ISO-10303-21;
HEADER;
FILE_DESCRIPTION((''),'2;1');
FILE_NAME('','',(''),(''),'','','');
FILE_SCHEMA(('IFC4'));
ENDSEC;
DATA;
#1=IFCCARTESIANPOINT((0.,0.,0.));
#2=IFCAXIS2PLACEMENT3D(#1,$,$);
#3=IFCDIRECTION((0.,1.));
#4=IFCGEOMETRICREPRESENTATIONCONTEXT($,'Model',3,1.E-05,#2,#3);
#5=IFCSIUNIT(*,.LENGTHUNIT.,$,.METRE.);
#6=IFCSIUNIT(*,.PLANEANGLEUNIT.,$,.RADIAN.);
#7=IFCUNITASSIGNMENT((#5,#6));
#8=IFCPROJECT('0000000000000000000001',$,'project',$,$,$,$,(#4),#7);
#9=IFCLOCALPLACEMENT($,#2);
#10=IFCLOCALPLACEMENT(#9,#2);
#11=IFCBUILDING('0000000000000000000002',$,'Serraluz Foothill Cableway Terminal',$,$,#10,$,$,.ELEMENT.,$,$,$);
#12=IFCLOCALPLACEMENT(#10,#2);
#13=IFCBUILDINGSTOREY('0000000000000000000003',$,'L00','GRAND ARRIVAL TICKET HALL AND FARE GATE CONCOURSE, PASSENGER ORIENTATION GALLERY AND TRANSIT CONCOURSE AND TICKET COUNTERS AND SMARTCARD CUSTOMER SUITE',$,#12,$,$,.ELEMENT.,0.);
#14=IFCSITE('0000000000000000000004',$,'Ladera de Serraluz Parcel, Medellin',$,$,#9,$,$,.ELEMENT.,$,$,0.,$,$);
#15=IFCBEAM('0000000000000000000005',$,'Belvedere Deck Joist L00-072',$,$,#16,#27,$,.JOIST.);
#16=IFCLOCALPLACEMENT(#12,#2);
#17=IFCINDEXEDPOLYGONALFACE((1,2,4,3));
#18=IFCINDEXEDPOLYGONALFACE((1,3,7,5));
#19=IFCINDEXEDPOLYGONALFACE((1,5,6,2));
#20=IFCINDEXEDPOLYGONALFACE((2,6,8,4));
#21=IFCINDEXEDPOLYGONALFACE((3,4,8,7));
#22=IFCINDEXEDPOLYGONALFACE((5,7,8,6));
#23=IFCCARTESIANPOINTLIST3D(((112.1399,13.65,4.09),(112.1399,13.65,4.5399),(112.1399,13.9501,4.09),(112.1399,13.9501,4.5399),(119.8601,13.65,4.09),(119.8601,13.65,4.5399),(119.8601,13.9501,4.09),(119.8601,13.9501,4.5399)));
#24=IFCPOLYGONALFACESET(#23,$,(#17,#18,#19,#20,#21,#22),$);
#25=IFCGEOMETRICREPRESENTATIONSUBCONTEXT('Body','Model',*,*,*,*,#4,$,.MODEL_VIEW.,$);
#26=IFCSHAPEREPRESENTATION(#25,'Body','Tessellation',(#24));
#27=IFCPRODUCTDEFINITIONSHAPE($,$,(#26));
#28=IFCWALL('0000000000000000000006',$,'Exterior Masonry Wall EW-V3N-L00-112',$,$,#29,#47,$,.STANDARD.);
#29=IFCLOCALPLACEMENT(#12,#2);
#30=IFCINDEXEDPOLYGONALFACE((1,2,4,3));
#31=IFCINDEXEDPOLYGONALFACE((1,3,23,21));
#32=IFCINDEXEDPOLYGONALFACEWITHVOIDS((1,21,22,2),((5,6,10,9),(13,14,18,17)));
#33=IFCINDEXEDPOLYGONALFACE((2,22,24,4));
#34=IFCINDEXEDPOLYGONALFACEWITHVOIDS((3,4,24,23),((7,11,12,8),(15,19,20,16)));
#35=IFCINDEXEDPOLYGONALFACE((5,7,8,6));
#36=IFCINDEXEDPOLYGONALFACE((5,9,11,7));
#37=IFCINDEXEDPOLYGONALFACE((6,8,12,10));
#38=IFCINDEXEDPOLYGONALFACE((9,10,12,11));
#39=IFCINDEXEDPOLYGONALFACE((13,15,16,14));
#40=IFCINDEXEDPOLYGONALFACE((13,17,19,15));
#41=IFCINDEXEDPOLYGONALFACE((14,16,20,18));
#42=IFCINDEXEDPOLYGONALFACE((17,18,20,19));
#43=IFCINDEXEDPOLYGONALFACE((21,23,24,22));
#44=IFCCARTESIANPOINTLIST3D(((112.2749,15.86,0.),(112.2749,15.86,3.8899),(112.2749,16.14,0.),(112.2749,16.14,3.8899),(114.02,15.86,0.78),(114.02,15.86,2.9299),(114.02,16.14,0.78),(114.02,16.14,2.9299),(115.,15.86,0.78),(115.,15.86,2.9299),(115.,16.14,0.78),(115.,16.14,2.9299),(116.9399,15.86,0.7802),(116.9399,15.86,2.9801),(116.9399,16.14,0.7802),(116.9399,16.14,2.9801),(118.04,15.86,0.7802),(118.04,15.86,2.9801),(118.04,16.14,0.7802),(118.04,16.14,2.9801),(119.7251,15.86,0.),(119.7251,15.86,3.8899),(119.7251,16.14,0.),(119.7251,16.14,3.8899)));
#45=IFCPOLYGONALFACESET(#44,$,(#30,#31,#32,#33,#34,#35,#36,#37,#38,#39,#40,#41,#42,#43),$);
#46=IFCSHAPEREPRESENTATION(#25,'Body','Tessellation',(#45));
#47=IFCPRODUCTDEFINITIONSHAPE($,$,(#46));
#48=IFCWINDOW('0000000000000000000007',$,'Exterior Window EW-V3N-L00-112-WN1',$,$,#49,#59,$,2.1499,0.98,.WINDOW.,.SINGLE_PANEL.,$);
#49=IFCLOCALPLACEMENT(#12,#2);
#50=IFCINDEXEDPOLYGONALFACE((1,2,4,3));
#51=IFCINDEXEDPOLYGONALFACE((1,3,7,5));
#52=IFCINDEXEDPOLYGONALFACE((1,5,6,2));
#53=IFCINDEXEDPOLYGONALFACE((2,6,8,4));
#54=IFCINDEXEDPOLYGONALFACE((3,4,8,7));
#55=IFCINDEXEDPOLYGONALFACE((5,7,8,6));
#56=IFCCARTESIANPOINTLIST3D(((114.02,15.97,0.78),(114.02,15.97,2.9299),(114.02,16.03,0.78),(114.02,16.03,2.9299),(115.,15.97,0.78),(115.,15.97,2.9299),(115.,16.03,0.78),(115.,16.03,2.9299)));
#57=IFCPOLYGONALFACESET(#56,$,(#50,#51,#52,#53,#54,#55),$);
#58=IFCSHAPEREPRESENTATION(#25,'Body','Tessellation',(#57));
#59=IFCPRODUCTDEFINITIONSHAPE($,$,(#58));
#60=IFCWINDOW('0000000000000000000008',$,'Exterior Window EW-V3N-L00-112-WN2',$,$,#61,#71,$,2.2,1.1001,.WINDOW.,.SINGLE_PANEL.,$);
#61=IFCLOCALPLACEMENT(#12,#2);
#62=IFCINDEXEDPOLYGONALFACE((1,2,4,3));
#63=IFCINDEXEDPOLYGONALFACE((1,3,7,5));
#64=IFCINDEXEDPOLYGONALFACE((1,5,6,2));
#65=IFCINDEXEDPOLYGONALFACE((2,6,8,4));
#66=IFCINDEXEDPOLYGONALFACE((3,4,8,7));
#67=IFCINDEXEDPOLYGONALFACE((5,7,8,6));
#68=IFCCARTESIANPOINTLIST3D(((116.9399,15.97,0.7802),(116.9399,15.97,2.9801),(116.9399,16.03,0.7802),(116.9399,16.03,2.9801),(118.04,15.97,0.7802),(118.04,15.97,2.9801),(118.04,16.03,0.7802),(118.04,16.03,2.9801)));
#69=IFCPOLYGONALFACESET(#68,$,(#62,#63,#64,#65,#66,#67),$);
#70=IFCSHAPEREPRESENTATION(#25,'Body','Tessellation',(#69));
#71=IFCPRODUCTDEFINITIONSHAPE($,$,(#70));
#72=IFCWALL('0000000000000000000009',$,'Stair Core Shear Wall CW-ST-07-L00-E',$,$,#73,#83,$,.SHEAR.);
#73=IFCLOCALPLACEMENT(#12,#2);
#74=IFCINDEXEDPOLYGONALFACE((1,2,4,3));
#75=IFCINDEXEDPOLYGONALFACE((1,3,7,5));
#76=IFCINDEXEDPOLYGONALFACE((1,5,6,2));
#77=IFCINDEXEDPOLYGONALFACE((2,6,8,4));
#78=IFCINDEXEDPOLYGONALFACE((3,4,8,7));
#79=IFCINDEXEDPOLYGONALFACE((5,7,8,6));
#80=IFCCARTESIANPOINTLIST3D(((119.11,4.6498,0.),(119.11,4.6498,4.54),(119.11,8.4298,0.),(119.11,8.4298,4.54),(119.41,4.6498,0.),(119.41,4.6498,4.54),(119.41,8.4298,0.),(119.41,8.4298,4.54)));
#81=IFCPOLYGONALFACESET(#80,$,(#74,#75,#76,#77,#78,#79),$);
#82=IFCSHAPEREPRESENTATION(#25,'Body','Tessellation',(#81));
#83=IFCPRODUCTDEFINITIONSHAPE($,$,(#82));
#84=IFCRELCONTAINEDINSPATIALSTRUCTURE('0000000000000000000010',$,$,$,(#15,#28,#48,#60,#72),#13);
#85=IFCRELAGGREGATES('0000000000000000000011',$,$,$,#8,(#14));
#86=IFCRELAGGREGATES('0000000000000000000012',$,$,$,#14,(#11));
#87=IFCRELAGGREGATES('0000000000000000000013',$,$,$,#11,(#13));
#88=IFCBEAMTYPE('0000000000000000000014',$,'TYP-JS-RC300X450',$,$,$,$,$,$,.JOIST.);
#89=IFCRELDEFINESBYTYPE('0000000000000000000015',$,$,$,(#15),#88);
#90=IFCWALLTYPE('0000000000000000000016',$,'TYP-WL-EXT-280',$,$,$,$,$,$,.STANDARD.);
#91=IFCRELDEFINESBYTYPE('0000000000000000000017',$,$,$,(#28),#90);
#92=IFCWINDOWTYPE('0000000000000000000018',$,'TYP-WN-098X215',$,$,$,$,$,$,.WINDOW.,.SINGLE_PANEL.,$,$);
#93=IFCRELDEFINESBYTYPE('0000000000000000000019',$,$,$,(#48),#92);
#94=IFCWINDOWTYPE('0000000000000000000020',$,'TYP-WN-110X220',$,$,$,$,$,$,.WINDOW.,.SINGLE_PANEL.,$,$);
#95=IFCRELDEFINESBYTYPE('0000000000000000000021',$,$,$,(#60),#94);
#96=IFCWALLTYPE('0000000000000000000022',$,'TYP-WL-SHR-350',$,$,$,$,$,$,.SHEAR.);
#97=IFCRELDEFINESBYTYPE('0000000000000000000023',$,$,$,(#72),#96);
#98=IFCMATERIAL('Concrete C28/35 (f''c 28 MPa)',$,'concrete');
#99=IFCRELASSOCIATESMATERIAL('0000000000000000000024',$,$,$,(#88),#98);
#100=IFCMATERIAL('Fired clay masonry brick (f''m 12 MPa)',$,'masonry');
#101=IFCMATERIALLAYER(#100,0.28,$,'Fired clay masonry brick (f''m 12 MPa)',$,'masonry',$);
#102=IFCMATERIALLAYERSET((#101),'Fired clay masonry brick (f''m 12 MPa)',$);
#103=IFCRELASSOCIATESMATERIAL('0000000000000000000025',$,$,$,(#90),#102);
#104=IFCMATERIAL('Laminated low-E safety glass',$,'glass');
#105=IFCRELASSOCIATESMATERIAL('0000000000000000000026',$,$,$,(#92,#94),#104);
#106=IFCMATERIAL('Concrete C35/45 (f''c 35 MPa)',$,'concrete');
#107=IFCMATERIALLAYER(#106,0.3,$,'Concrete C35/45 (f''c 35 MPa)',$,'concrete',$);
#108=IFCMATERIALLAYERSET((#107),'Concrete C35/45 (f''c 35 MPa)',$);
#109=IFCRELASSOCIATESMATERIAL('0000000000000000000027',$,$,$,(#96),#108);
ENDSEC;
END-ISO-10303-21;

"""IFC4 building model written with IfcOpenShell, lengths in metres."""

from ifc_helpers import new_model, si_unit, direction, frame, frame_2d, origin, origin_2d, place, context, subcontext, project, spatial, rectangle, extrude, material, layer, layer_set, material_profile, profile_set, type_object, element, fill, save


model = new_model("IFC4")

# Units and contexts
model_context = context("Model", 3, precision=1e-05, world=origin(), true_north=direction((0.0, 1.0)))
body_context = subcontext(model_context, "Body", "Model", "MODEL_VIEW")
ifc_project = project(units=[si_unit("LENGTHUNIT", "METRE"), si_unit("PLANEANGLEUNIT", "RADIAN")], contexts=[model_context])

# Site, building, storey
site_placement = place(None, origin())
site = spatial("IfcSite", under=ifc_project, at=site_placement, Name="Ladera de Serraluz Parcel, Medellin", CompositionType="ELEMENT", RefElevation=0.0)
building_placement = place(site_placement, origin())
building = spatial("IfcBuilding", under=site, at=building_placement, Name="Serraluz Foothill Cableway Terminal", CompositionType="ELEMENT")
storey_placement = place(building_placement, origin())
storey = spatial("IfcBuildingStorey", under=building, at=storey_placement, Name="L00", Description="GRAND ARRIVAL TICKET HALL AND FARE GATE CONCOURSE, PASSENGER ORIENTATION GALLERY AND TRANSIT CONCOURSE AND TICKET COUNTERS AND SMARTCARD CUSTOMER SUITE", CompositionType="ELEMENT", Elevation=0.0)

# Shared definitions
ifc_material_1 = material(Name="Concrete C35/45 (f'c 35 MPa)", Category="concrete")

# Shared definitions
ifc_material_2 = material(Name="Concrete C28/35 (f'c 28 MPa)", Category="concrete")

# Shared definitions
ifc_material_3 = material(Name="Fired clay masonry brick (f'm 12 MPa)", Category="masonry")

# Beam
ifc_material_profile_1 = material_profile(ifc_material_2, rectangle(XDim=0.3, YDim=0.45, at=origin_2d()), Name="RC 300x450")
ifc_profile_set_1 = profile_set([ifc_material_profile_1], Name="Concrete C28/35 (f'c 28 MPa)")
beam_type_1 = type_object("IfcBeamType", Name="TYP-JS-RC300X450", PredefinedType="JOIST", material=ifc_profile_set_1)
for number, where, z_axis, x_axis, name in (
    (1, (112.1399, 13.8, 4.3149), (1.0, 0.0, 0.0), (0.0, 1.0, 0.0), "Belvedere Deck Joist L00-072"),
):
    element("IfcBeam", number, at=place(storey_placement, frame(where, z_axis=z_axis, x_axis=x_axis)), inside=storey, type_object=beam_type_1, Name=name, PredefinedType="JOIST", context=body_context, shape_type="SweptSolid", body=[
        extrude(rectangle(XDim=0.3, YDim=0.45, at=origin_2d()), origin(), (0.0, 0.0, 1.0), 7.7202),
    ])

# Wall, openings, windows
ifc_layer_1 = layer(ifc_material_3, 0.28, Name="Fired clay masonry brick (f'm 12 MPa)", Category="masonry")
ifc_layer_set_1 = layer_set([ifc_layer_1], Name="Fired clay masonry brick (f'm 12 MPa)")
wall_type_1 = type_object("IfcWallType", Name="TYP-WL-EXT-280", PredefinedType="STANDARD", material=ifc_layer_set_1)
wall_1_placement = place(storey_placement, frame((112.2749, 16.0, 0.0), z_axis=(0.0, 0.0, 1.0), x_axis=(1.0, 0.0, 0.0)))
wall_1 = element("IfcWall", 2, at=wall_1_placement, inside=storey, type_object=wall_type_1, Name="Exterior Masonry Wall EW-V3N-L00-112", PredefinedType="STANDARD", context=body_context, shape_type="SweptSolid", body=[
    extrude(rectangle(XDim=7.4502, YDim=0.28, at=frame_2d((3.7251, 0.0))), origin(), (0.0, 0.0, 1.0), 3.8899),
])
opening_1_placement = place(wall_1_placement, frame((1.7451, 0.0, 0.78)))
opening_1 = element("IfcOpeningElement", 3, at=opening_1_placement, cuts=wall_1, PredefinedType="OPENING", context=body_context, shape_type="SweptSolid", body=[
    extrude(rectangle(XDim=0.98, YDim=2.1499, at=frame_2d((0.49, 1.075))), frame((0.0, 0.1499, 0.0), z_axis=(0.0, -1.0, 0.0), x_axis=(1.0, 0.0, 0.0)), (0.0, 0.0, 1.0), 0.3),
])
opening_2_placement = place(wall_1_placement, frame((4.665, 0.0, 0.78)))
opening_2 = element("IfcOpeningElement", 4, at=opening_2_placement, cuts=wall_1, PredefinedType="OPENING", context=body_context, shape_type="SweptSolid", body=[
    extrude(rectangle(XDim=1.1001, YDim=2.2, at=frame_2d((0.55, 1.1001))), frame((0.0, 0.1499, 0.0), z_axis=(0.0, -1.0, 0.0), x_axis=(1.0, 0.0, 0.0)), (0.0, 0.0, 1.0), 0.3),
])
ifc_material_4 = material(Name="Laminated low-E safety glass", Category="glass")
window_type_1 = type_object("IfcWindowType", Name="TYP-WN-098X215", PartitioningType="SINGLE_PANEL", PredefinedType="WINDOW", material=ifc_material_4)
window_1_placement = place(opening_1_placement, origin())
window_1 = element("IfcWindow", 5, at=window_1_placement, inside=storey, type_object=window_type_1, Name="Exterior Window EW-V3N-L00-112-WN1", OverallHeight=2.1499, OverallWidth=0.98, PartitioningType="SINGLE_PANEL", PredefinedType="WINDOW", context=body_context, shape_type="SweptSolid", body=[
    extrude(rectangle(XDim=0.98, YDim=2.1499, at=frame_2d((0.49, 1.075))), frame((0.0, 0.03, 0.0), z_axis=(0.0, -1.0, 0.0), x_axis=(1.0, 0.0, 0.0)), (0.0, 0.0, 1.0), 0.0601),
])
fill(opening_1, window_1)
window_type_2 = type_object("IfcWindowType", Name="TYP-WN-110X220", PartitioningType="SINGLE_PANEL", PredefinedType="WINDOW", material=ifc_material_4)
window_2_placement = place(opening_2_placement, origin())
window_2 = element("IfcWindow", 6, at=window_2_placement, inside=storey, type_object=window_type_2, Name="Exterior Window EW-V3N-L00-112-WN2", OverallHeight=2.2, OverallWidth=1.1001, PartitioningType="SINGLE_PANEL", PredefinedType="WINDOW", context=body_context, shape_type="SweptSolid", body=[
    extrude(rectangle(XDim=1.1001, YDim=2.2, at=frame_2d((0.55, 1.1001))), frame((0.0, 0.03, 0.0), z_axis=(0.0, -1.0, 0.0), x_axis=(1.0, 0.0, 0.0)), (0.0, 0.0, 1.0), 0.0601),
])
fill(opening_2, window_2)

# Wall
ifc_layer_2 = layer(ifc_material_1, 0.3, Name="Concrete C35/45 (f'c 35 MPa)", Category="concrete")
ifc_layer_set_2 = layer_set([ifc_layer_2], Name="Concrete C35/45 (f'c 35 MPa)")
wall_type_2 = type_object("IfcWallType", Name="TYP-WL-SHR-350", PredefinedType="SHEAR", material=ifc_layer_set_2)
wall_2_placement = place(storey_placement, frame((119.26, 8.4299, 0.0), z_axis=(0.0, 0.0, 1.0), x_axis=(0.0, -1.0, 0.0)))
element("IfcWall", 7, at=wall_2_placement, inside=storey, type_object=wall_type_2, Name="Stair Core Shear Wall CW-ST-07-L00-E", PredefinedType="SHEAR", context=body_context, shape_type="SweptSolid", body=[
    extrude(rectangle(XDim=3.78, YDim=0.3, at=frame_2d((1.8901, 0.0))), origin(), (0.0, 0.0, 1.0), 4.54),
])

save(model, "model.ifc")
